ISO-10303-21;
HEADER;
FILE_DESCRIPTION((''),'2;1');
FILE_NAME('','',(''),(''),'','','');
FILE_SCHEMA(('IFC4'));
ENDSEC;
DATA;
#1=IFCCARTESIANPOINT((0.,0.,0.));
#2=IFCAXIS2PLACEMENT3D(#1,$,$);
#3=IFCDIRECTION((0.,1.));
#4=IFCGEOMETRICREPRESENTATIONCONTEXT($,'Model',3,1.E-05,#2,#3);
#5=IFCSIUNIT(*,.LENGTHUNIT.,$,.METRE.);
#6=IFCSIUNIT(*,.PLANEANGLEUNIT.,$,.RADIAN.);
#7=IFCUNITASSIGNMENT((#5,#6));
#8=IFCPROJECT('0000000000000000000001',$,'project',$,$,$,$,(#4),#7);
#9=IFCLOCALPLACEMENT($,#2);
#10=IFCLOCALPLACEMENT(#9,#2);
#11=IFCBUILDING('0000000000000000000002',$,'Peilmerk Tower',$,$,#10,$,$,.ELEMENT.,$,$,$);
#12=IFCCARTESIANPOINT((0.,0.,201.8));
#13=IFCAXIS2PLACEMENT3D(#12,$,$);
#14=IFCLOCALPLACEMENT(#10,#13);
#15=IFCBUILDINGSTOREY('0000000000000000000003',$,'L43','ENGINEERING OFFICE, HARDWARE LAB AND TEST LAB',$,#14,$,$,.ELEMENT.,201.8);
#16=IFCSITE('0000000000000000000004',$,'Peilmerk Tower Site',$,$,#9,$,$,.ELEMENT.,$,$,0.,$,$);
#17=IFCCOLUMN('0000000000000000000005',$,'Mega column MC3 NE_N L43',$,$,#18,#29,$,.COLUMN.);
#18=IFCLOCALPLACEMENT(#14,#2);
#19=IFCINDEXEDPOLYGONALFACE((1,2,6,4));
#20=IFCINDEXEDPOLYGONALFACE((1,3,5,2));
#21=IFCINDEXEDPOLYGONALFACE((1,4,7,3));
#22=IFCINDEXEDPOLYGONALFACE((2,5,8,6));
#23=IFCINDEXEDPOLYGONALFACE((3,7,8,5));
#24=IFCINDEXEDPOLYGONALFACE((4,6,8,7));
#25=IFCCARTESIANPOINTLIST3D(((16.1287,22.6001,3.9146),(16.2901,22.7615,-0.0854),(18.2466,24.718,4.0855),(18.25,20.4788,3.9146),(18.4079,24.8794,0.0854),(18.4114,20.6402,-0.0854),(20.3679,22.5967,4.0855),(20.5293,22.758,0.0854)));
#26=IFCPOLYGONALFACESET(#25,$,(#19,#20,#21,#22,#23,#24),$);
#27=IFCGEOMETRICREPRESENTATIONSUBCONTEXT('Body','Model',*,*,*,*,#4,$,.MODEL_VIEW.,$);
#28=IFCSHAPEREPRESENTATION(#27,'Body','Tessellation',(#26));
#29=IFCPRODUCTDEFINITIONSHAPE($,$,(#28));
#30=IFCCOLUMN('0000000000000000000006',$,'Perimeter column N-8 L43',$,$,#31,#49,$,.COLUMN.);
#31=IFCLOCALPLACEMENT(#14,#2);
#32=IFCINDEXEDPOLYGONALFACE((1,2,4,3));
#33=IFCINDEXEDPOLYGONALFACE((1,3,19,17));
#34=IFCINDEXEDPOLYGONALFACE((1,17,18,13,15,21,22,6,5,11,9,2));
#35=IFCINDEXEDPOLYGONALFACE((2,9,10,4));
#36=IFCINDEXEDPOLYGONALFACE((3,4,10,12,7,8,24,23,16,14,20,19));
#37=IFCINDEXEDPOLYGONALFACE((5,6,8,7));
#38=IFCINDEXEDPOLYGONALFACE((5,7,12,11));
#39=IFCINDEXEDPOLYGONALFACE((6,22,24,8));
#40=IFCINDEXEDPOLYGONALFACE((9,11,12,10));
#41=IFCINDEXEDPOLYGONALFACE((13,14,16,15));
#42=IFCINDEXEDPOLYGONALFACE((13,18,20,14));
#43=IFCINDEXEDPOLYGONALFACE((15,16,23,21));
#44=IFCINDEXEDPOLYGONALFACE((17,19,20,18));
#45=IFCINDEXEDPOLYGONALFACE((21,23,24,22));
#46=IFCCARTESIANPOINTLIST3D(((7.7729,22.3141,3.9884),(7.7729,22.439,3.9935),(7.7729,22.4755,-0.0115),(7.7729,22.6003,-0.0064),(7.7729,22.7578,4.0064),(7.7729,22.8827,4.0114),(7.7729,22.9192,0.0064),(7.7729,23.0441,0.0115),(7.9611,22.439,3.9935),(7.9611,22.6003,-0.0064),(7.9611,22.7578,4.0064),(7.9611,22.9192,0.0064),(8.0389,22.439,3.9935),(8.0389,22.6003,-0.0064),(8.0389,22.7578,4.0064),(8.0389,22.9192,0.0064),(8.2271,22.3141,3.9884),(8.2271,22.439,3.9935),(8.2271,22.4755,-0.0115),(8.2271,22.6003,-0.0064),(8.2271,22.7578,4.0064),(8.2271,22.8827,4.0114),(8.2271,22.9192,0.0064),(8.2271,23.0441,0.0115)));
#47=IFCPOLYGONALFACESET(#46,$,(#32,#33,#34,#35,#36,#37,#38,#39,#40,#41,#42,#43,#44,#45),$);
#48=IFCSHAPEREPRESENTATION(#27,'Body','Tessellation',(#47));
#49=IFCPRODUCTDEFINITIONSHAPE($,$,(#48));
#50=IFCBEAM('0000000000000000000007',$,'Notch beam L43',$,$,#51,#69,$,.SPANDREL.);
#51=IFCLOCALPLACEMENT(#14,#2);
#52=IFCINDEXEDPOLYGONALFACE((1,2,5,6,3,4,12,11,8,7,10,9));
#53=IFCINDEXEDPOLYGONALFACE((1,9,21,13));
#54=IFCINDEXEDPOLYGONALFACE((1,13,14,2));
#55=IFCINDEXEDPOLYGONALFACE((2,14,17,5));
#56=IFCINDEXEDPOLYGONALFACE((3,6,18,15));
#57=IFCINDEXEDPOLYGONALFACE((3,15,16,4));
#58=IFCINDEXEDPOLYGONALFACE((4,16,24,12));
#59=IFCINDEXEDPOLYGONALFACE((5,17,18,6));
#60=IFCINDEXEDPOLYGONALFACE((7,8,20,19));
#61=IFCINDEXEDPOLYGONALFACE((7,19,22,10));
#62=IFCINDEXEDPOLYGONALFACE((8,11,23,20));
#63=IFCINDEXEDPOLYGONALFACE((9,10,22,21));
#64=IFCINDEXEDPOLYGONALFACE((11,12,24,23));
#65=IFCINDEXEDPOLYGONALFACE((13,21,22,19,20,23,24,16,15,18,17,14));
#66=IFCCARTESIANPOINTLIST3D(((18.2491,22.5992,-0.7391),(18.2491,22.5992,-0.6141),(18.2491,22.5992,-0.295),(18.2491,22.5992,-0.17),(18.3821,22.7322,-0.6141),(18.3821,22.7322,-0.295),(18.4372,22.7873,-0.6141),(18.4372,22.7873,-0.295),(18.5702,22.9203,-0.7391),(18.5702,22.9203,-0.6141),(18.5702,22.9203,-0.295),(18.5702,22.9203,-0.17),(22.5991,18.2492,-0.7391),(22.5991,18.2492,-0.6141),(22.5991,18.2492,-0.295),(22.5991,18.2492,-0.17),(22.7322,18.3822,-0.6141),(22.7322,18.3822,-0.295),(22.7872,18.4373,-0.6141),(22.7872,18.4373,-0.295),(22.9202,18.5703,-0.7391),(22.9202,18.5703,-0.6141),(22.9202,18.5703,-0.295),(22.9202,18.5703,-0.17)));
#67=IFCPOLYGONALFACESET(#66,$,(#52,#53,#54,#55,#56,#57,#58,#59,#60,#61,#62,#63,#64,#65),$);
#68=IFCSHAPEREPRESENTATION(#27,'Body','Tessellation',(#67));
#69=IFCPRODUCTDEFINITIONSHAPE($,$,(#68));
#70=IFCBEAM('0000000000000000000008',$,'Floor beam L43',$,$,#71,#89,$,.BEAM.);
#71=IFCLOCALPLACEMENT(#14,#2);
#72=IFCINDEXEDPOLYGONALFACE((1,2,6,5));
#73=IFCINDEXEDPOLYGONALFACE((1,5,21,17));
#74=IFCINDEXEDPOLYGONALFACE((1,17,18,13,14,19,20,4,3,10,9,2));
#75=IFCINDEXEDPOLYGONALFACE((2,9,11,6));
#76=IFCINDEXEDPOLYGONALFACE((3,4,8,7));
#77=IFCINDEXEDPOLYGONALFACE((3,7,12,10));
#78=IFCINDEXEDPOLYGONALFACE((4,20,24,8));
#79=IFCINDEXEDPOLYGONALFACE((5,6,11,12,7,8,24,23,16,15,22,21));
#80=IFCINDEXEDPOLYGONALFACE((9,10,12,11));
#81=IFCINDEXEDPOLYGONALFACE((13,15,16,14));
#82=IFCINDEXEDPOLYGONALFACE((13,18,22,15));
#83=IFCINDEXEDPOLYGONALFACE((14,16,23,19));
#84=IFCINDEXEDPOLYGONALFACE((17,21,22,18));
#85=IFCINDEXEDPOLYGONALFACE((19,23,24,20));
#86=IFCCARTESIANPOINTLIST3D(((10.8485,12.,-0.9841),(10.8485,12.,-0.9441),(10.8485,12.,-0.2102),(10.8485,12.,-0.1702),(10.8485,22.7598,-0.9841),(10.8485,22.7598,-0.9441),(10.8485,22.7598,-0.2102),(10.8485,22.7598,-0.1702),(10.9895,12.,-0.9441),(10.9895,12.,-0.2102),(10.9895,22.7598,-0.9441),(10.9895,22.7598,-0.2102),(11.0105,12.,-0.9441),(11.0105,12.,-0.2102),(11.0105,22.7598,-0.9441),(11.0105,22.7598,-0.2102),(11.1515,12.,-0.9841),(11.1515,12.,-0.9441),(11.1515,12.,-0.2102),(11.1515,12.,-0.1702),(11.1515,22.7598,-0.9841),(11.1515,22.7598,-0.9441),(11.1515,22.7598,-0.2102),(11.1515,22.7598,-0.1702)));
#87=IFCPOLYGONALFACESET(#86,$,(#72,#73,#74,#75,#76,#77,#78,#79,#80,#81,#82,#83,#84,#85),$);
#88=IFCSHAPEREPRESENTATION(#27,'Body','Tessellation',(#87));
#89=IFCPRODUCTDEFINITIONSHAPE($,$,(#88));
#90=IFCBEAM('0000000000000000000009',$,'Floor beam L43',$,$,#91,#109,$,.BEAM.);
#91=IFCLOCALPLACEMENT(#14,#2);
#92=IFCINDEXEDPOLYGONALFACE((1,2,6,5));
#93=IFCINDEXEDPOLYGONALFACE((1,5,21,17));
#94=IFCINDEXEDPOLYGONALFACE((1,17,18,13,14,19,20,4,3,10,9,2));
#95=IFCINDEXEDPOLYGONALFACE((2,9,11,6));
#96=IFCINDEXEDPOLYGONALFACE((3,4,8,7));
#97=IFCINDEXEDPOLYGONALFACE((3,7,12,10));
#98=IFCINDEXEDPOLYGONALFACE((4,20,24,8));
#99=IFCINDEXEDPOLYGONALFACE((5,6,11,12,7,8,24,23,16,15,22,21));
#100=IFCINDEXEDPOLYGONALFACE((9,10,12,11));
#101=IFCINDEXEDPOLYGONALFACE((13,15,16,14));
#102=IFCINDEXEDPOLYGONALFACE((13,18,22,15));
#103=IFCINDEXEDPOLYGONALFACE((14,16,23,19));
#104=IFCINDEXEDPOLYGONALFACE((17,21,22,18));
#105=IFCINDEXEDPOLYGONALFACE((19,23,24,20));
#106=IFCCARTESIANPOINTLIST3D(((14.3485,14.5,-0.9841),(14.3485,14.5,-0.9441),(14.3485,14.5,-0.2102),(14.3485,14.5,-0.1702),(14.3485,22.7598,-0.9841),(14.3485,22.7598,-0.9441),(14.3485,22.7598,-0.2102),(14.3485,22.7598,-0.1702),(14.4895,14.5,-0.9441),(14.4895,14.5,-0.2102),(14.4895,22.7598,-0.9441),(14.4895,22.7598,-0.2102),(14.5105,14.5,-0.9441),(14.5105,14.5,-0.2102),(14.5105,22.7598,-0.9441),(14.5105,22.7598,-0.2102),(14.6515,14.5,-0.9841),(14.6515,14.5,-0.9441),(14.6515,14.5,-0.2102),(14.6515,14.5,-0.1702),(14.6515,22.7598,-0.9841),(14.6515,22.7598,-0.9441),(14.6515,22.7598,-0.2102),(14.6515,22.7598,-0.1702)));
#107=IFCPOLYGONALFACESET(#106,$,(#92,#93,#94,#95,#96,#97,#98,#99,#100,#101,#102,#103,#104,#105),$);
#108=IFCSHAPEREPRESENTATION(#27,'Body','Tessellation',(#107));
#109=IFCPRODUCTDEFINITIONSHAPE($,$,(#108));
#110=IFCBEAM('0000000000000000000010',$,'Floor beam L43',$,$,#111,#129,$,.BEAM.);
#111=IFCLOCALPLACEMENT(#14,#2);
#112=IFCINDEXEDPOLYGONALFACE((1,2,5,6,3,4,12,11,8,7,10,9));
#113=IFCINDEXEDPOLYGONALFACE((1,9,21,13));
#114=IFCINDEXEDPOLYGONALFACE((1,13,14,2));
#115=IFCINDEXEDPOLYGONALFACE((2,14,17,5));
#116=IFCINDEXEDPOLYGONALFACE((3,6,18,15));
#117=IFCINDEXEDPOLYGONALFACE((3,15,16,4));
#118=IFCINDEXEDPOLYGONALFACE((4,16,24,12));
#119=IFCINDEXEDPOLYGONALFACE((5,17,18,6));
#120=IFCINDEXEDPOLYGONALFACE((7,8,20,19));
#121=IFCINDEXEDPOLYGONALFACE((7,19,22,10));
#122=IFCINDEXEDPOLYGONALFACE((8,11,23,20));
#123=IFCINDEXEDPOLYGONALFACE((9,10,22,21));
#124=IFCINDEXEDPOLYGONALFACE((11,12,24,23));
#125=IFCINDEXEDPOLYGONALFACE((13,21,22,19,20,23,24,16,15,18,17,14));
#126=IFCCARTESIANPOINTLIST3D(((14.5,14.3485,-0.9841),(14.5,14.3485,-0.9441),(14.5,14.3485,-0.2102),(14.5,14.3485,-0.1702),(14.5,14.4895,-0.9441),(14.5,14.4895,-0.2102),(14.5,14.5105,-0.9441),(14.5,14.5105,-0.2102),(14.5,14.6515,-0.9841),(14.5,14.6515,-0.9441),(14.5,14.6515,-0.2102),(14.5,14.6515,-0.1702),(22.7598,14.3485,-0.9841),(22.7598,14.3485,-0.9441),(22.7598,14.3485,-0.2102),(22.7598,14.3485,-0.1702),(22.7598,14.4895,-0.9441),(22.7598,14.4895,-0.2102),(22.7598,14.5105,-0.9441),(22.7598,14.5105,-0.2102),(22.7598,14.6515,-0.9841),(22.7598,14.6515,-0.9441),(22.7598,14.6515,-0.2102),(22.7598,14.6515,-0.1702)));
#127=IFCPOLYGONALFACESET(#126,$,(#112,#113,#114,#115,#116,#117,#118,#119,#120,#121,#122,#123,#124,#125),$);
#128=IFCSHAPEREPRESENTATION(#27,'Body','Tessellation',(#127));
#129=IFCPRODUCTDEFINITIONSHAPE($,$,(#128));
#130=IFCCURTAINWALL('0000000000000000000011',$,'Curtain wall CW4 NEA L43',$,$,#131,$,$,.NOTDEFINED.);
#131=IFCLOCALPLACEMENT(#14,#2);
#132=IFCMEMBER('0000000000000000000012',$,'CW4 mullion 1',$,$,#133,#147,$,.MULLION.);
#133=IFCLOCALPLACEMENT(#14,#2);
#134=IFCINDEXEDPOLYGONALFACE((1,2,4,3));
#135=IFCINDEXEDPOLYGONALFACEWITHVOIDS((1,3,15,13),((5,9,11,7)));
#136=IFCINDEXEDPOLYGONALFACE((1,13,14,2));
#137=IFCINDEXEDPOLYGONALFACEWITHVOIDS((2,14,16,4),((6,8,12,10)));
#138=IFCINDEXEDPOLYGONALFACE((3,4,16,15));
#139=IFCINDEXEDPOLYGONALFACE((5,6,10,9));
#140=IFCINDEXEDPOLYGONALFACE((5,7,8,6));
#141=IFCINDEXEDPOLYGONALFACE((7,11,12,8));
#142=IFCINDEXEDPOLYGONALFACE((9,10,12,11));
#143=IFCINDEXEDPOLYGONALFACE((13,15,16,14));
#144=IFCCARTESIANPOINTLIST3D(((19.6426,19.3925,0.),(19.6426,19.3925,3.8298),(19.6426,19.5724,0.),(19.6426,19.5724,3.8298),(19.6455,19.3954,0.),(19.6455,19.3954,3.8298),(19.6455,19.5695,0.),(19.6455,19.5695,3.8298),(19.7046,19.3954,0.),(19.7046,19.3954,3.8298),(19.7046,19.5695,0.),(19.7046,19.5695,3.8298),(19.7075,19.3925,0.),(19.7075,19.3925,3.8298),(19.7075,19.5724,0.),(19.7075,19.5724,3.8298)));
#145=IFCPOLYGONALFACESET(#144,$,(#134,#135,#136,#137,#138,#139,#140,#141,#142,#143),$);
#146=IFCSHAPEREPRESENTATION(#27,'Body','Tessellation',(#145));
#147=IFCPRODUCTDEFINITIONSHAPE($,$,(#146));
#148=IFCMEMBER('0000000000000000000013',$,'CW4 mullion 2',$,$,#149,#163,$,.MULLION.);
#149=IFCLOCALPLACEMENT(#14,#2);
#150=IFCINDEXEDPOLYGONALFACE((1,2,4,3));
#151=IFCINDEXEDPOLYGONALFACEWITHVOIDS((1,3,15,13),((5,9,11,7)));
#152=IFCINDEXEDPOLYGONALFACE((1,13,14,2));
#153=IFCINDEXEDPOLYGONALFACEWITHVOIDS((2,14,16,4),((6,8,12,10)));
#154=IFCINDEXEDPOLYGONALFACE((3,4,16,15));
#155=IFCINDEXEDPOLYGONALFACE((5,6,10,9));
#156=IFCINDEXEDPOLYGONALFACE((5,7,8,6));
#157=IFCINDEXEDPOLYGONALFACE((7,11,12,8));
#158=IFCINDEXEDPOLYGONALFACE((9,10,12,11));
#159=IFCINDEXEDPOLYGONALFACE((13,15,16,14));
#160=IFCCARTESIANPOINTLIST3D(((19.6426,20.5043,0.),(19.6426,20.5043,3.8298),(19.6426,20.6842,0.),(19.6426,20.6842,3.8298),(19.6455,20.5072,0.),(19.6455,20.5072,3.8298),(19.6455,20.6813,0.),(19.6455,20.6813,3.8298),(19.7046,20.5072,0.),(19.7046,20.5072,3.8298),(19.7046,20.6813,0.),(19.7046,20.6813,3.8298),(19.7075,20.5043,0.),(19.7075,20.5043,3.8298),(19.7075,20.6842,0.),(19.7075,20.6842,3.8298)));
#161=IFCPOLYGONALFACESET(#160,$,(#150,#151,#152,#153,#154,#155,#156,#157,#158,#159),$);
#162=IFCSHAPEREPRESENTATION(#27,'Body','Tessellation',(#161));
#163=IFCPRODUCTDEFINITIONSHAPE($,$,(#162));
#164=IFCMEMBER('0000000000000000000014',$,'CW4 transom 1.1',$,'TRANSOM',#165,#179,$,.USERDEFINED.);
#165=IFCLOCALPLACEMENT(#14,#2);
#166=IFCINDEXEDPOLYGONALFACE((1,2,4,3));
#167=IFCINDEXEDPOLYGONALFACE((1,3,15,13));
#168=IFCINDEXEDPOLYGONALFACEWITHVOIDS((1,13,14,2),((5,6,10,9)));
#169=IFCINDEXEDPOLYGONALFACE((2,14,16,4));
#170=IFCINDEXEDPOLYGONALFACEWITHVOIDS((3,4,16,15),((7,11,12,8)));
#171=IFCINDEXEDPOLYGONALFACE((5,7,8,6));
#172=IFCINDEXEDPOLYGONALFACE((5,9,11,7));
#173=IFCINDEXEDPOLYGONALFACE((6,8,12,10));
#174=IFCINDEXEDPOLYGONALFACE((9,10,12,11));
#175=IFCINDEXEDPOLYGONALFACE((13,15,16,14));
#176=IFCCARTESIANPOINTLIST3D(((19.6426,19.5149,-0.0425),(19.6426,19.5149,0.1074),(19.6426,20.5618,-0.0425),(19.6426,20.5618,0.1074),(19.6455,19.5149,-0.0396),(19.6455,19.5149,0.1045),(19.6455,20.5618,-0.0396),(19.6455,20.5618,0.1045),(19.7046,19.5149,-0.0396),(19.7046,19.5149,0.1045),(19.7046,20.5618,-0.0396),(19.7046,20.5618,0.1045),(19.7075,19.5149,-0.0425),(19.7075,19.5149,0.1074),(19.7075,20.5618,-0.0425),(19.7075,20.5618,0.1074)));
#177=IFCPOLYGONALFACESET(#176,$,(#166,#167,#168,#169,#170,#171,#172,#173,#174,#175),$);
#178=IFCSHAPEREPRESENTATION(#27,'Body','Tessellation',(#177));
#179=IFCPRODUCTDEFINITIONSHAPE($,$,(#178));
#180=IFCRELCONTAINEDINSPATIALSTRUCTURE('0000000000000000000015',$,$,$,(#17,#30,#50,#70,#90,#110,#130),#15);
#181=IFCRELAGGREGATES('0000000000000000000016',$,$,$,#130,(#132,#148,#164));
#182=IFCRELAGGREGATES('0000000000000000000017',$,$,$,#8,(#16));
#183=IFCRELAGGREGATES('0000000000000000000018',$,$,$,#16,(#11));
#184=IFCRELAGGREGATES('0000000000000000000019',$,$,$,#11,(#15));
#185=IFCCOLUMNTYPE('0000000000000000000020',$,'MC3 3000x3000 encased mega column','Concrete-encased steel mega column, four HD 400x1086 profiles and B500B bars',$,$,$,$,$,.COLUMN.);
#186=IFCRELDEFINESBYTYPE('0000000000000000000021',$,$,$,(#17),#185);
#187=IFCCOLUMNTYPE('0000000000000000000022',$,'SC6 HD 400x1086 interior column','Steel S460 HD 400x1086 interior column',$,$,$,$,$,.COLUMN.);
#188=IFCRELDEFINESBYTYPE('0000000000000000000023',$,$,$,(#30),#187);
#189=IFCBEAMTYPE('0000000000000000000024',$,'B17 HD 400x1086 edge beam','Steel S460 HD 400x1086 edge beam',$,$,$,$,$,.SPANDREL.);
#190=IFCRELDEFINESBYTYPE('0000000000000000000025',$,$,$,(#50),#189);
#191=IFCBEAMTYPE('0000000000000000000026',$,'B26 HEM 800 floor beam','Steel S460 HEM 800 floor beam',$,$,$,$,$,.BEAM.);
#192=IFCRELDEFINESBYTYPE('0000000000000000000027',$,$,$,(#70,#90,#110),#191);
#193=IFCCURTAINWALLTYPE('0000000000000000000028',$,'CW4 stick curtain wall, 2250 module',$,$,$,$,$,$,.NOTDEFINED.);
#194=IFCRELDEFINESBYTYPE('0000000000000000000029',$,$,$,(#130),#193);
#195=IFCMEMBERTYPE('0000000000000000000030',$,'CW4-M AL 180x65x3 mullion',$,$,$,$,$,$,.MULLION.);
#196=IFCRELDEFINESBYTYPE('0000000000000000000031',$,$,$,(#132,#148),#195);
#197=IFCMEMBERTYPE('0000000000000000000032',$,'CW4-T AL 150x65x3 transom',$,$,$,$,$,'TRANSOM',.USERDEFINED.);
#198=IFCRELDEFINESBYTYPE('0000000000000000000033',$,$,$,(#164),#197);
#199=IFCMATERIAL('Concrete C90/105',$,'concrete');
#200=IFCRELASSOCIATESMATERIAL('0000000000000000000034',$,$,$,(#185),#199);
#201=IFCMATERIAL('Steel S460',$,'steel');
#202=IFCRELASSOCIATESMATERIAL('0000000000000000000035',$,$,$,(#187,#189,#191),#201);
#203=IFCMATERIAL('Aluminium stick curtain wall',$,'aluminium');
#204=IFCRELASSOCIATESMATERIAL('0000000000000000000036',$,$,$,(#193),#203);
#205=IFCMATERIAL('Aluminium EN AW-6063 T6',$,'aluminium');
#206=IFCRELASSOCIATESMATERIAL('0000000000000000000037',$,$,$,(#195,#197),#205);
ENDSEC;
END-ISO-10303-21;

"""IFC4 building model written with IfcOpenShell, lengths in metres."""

from ifc_helpers import new_model, si_unit, direction, frame, origin, origin_2d, place, context, subcontext, project, spatial, rectangle, hollow_rectangle, i_section, extrude, material, material_profile, profile_set, type_object, element, aggregate, save


model = new_model("IFC4")

# Units and contexts
model_context = context("Model", 3, precision=1e-05, world=origin(), true_north=direction((0.0, 1.0)))
body_context = subcontext(model_context, "Body", "Model", "MODEL_VIEW")
ifc_project = project(units=[si_unit("LENGTHUNIT", "METRE"), si_unit("PLANEANGLEUNIT", "RADIAN")], contexts=[model_context])

# Site, building, storey
site_placement = place(None, origin())
site = spatial("IfcSite", under=ifc_project, at=site_placement, Name="Peilmerk Tower Site", CompositionType="ELEMENT", RefElevation=0.0)
building_placement = place(site_placement, origin())
building = spatial("IfcBuilding", under=site, at=building_placement, Name="Peilmerk Tower", CompositionType="ELEMENT")
storey_placement = place(building_placement, frame((0.0, 0.0, 201.8)))
storey = spatial("IfcBuildingStorey", under=building, at=storey_placement, Name="L43", Description="ENGINEERING OFFICE, HARDWARE LAB AND TEST LAB", CompositionType="ELEMENT", Elevation=201.8)

# Columns
ifc_material_1 = material(Name="Concrete C90/105", Category="concrete")
ifc_material_profile_1 = material_profile(ifc_material_1, rectangle(XDim=3.0, YDim=3.0, at=origin_2d()), Name="RC 3000x3000")
ifc_profile_set_1 = profile_set([ifc_material_profile_1], Name="Concrete C90/105")
column_type_1 = type_object("IfcColumnType", Name="MC3 3000x3000 encased mega column", Description="Concrete-encased steel mega column, four HD 400x1086 profiles and B500B bars", PredefinedType="COLUMN", material=ifc_profile_set_1)
column_1_placement = place(storey_placement, frame((18.4097, 22.7598, 0.0), z_axis=(-0.040279, -0.040279, 0.998376), x_axis=(0.707107, -0.707107, 0.0)))
element("IfcColumn", 1, at=column_1_placement, inside=storey, type_object=column_type_1, Name="Mega column MC3 NE_N L43", PredefinedType="COLUMN", context=body_context, shape_type="SweptSolid", body=[
    extrude(rectangle(XDim=3.0, YDim=3.0, at=origin_2d()), origin(), (0.0, 0.0, 1.0), 4.0066),
])
ifc_material_2 = material(Name="Steel S460", Category="steel")
ifc_material_profile_2 = material_profile(ifc_material_2, i_section(OverallWidth=0.4541, OverallDepth=0.5691, WebThickness=0.0779, FlangeThickness=0.125, at=origin_2d()), Name="HD 400x1086")
ifc_profile_set_2 = profile_set([ifc_material_profile_2], Name="Steel S460")
column_type_2 = type_object("IfcColumnType", Name="SC6 HD 400x1086 interior column", Description="Steel S460 HD 400x1086 interior column", PredefinedType="COLUMN", material=ifc_profile_set_2)
column_2_placement = place(storey_placement, frame((8.0, 22.7598, 0.0), z_axis=(0.0, -0.040311, 0.999187), x_axis=(1.0, 0.0, 0.0)))
element("IfcColumn", 2, at=column_2_placement, inside=storey, type_object=column_type_2, Name="Perimeter column N-8 L43", PredefinedType="COLUMN", context=body_context, shape_type="SweptSolid", body=[
    extrude(i_section(OverallWidth=0.4541, OverallDepth=0.5691, WebThickness=0.0779, FlangeThickness=0.125, at=origin_2d()), origin(), (0.0, 0.0, 1.0), 4.0032),
])

# Beams
ifc_material_profile_3 = material_profile(ifc_material_2, i_section(OverallWidth=0.4541, OverallDepth=0.5691, WebThickness=0.0779, FlangeThickness=0.125, at=origin_2d()), Name="HD 400x1086")
ifc_profile_set_3 = profile_set([ifc_material_profile_3], Name="Steel S460")
beam_type_1 = type_object("IfcBeamType", Name="B17 HD 400x1086 edge beam", Description="Steel S460 HD 400x1086 edge beam", PredefinedType="SPANDREL", material=ifc_profile_set_3)
beam_1_placement = place(storey_placement, frame((18.4097, 22.7598, -0.4546), z_axis=(0.707107, -0.707107, 0.0), x_axis=(0.707107, 0.707107, 0.0)))
element("IfcBeam", 3, at=beam_1_placement, inside=storey, type_object=beam_type_1, Name="Notch beam L43", PredefinedType="SPANDREL", context=body_context, shape_type="SweptSolid", body=[
    extrude(i_section(OverallWidth=0.4541, OverallDepth=0.5691, WebThickness=0.0779, FlangeThickness=0.125, at=origin_2d()), origin(), (0.0, 0.0, 1.0), 6.1519),
])
ifc_material_profile_4 = material_profile(ifc_material_2, i_section(OverallWidth=0.303, OverallDepth=0.814, WebThickness=0.021, FlangeThickness=0.04, at=origin_2d()), Name="HEM 800")
ifc_profile_set_4 = profile_set([ifc_material_profile_4], Name="Steel S460")
beam_type_2 = type_object("IfcBeamType", Name="B26 HEM 800 floor beam", Description="Steel S460 HEM 800 floor beam", PredefinedType="BEAM", material=ifc_profile_set_4)
beam_2_placement = place(storey_placement, frame((11.0, 12.0, -0.5771), z_axis=(0.0, 1.0, 0.0), x_axis=(-1.0, 0.0, 0.0)))
element("IfcBeam", 4, at=beam_2_placement, inside=storey, type_object=beam_type_2, Name="Floor beam L43", PredefinedType="BEAM", context=body_context, shape_type="SweptSolid", body=[
    extrude(i_section(OverallWidth=0.303, OverallDepth=0.814, WebThickness=0.021, FlangeThickness=0.04, at=origin_2d()), origin(), (0.0, 0.0, 1.0), 10.7598),
])
for number, where, z_axis, x_axis, name in (
    (5, (14.5, 14.5, -0.5771), (0.0, 1.0, 0.0), (-1.0, 0.0, 0.0), "Floor beam L43"),
    (6, (14.5, 14.5, -0.5771), (1.0, 0.0, 0.0), (0.0, 1.0, 0.0), "Floor beam L43"),
):
    element("IfcBeam", number, at=place(storey_placement, frame(where, z_axis=z_axis, x_axis=x_axis)), inside=storey, type_object=beam_type_2, Name=name, PredefinedType="BEAM", context=body_context, shape_type="SweptSolid", body=[
        extrude(i_section(OverallWidth=0.303, OverallDepth=0.814, WebThickness=0.021, FlangeThickness=0.04, at=origin_2d()), origin(), (0.0, 0.0, 1.0), 8.2598),
    ])

# Curtain wall, members
ifc_material_3 = material(Name="Aluminium stick curtain wall", Category="aluminium")
curtain_wall_type = type_object("IfcCurtainWallType", Name="CW4 stick curtain wall, 2250 module", PredefinedType="NOTDEFINED", material=ifc_material_3)
curtain_wall_placement = place(storey_placement, origin())
curtain_wall = element("IfcCurtainWall", 7, at=curtain_wall_placement, inside=storey, type_object=curtain_wall_type, Name="Curtain wall CW4 NEA L43", PredefinedType="NOTDEFINED")
ifc_material_4 = material(Name="Aluminium EN AW-6063 T6", Category="aluminium")
ifc_material_profile_5 = material_profile(ifc_material_4, hollow_rectangle(XDim=0.0649, YDim=0.1799, WallThickness=0.0029, at=origin_2d()), Name="AL 180x65x3")
ifc_profile_set_5 = profile_set([ifc_material_profile_5], Name="Aluminium EN AW-6063 T6")
member_type_1 = type_object("IfcMemberType", Name="CW4-M AL 180x65x3 mullion", PredefinedType="MULLION", material=ifc_profile_set_5)
member_1_placement = place(storey_placement, frame((19.675, 19.4824, 0.0), z_axis=(0.0, 0.0, 1.0), x_axis=(-1.0, 0.0, 0.0)))
member_1 = element("IfcMember", 8, at=member_1_placement, type_object=member_type_1, Name="CW4 mullion 1", PredefinedType="MULLION", context=body_context, shape_type="SweptSolid", body=[
    extrude(hollow_rectangle(XDim=0.0649, YDim=0.1799, WallThickness=0.0029, at=origin_2d()), origin(), (0.0, 0.0, 1.0), 3.8298),
])
member_2_placement = place(storey_placement, frame((19.675, 20.5942, 0.0), z_axis=(0.0, 0.0, 1.0), x_axis=(-1.0, 0.0, 0.0)))
member_2 = element("IfcMember", 9, at=member_2_placement, type_object=member_type_1, Name="CW4 mullion 2", PredefinedType="MULLION", context=body_context, shape_type="SweptSolid", body=[
    extrude(hollow_rectangle(XDim=0.0649, YDim=0.1799, WallThickness=0.0029, at=origin_2d()), origin(), (0.0, 0.0, 1.0), 3.8298),
])
ifc_material_profile_6 = material_profile(ifc_material_4, hollow_rectangle(XDim=0.0649, YDim=0.1499, WallThickness=0.0029, at=origin_2d()), Name="AL 150x65x3")
ifc_profile_set_6 = profile_set([ifc_material_profile_6], Name="Aluminium EN AW-6063 T6")
member_type_2 = type_object("IfcMemberType", Name="CW4-T AL 150x65x3 transom", ElementType="TRANSOM", PredefinedType="USERDEFINED", material=ifc_profile_set_6)
member_3_placement = place(storey_placement, frame((19.675, 19.5149, 0.0325), z_axis=(0.0, 1.0, 0.0), x_axis=(-1.0, 0.0, 0.0)))
member_3 = element("IfcMember", 10, at=member_3_placement, type_object=member_type_2, Name="CW4 transom 1.1", ObjectType="TRANSOM", PredefinedType="USERDEFINED", context=body_context, shape_type="SweptSolid", body=[
    extrude(hollow_rectangle(XDim=0.0649, YDim=0.1499, WallThickness=0.0029, at=origin_2d()), origin(), (0.0, 0.0, 1.0), 1.0469),
])

aggregate(curtain_wall, [member_1, member_2, member_3])

save(model, "model.ifc")
